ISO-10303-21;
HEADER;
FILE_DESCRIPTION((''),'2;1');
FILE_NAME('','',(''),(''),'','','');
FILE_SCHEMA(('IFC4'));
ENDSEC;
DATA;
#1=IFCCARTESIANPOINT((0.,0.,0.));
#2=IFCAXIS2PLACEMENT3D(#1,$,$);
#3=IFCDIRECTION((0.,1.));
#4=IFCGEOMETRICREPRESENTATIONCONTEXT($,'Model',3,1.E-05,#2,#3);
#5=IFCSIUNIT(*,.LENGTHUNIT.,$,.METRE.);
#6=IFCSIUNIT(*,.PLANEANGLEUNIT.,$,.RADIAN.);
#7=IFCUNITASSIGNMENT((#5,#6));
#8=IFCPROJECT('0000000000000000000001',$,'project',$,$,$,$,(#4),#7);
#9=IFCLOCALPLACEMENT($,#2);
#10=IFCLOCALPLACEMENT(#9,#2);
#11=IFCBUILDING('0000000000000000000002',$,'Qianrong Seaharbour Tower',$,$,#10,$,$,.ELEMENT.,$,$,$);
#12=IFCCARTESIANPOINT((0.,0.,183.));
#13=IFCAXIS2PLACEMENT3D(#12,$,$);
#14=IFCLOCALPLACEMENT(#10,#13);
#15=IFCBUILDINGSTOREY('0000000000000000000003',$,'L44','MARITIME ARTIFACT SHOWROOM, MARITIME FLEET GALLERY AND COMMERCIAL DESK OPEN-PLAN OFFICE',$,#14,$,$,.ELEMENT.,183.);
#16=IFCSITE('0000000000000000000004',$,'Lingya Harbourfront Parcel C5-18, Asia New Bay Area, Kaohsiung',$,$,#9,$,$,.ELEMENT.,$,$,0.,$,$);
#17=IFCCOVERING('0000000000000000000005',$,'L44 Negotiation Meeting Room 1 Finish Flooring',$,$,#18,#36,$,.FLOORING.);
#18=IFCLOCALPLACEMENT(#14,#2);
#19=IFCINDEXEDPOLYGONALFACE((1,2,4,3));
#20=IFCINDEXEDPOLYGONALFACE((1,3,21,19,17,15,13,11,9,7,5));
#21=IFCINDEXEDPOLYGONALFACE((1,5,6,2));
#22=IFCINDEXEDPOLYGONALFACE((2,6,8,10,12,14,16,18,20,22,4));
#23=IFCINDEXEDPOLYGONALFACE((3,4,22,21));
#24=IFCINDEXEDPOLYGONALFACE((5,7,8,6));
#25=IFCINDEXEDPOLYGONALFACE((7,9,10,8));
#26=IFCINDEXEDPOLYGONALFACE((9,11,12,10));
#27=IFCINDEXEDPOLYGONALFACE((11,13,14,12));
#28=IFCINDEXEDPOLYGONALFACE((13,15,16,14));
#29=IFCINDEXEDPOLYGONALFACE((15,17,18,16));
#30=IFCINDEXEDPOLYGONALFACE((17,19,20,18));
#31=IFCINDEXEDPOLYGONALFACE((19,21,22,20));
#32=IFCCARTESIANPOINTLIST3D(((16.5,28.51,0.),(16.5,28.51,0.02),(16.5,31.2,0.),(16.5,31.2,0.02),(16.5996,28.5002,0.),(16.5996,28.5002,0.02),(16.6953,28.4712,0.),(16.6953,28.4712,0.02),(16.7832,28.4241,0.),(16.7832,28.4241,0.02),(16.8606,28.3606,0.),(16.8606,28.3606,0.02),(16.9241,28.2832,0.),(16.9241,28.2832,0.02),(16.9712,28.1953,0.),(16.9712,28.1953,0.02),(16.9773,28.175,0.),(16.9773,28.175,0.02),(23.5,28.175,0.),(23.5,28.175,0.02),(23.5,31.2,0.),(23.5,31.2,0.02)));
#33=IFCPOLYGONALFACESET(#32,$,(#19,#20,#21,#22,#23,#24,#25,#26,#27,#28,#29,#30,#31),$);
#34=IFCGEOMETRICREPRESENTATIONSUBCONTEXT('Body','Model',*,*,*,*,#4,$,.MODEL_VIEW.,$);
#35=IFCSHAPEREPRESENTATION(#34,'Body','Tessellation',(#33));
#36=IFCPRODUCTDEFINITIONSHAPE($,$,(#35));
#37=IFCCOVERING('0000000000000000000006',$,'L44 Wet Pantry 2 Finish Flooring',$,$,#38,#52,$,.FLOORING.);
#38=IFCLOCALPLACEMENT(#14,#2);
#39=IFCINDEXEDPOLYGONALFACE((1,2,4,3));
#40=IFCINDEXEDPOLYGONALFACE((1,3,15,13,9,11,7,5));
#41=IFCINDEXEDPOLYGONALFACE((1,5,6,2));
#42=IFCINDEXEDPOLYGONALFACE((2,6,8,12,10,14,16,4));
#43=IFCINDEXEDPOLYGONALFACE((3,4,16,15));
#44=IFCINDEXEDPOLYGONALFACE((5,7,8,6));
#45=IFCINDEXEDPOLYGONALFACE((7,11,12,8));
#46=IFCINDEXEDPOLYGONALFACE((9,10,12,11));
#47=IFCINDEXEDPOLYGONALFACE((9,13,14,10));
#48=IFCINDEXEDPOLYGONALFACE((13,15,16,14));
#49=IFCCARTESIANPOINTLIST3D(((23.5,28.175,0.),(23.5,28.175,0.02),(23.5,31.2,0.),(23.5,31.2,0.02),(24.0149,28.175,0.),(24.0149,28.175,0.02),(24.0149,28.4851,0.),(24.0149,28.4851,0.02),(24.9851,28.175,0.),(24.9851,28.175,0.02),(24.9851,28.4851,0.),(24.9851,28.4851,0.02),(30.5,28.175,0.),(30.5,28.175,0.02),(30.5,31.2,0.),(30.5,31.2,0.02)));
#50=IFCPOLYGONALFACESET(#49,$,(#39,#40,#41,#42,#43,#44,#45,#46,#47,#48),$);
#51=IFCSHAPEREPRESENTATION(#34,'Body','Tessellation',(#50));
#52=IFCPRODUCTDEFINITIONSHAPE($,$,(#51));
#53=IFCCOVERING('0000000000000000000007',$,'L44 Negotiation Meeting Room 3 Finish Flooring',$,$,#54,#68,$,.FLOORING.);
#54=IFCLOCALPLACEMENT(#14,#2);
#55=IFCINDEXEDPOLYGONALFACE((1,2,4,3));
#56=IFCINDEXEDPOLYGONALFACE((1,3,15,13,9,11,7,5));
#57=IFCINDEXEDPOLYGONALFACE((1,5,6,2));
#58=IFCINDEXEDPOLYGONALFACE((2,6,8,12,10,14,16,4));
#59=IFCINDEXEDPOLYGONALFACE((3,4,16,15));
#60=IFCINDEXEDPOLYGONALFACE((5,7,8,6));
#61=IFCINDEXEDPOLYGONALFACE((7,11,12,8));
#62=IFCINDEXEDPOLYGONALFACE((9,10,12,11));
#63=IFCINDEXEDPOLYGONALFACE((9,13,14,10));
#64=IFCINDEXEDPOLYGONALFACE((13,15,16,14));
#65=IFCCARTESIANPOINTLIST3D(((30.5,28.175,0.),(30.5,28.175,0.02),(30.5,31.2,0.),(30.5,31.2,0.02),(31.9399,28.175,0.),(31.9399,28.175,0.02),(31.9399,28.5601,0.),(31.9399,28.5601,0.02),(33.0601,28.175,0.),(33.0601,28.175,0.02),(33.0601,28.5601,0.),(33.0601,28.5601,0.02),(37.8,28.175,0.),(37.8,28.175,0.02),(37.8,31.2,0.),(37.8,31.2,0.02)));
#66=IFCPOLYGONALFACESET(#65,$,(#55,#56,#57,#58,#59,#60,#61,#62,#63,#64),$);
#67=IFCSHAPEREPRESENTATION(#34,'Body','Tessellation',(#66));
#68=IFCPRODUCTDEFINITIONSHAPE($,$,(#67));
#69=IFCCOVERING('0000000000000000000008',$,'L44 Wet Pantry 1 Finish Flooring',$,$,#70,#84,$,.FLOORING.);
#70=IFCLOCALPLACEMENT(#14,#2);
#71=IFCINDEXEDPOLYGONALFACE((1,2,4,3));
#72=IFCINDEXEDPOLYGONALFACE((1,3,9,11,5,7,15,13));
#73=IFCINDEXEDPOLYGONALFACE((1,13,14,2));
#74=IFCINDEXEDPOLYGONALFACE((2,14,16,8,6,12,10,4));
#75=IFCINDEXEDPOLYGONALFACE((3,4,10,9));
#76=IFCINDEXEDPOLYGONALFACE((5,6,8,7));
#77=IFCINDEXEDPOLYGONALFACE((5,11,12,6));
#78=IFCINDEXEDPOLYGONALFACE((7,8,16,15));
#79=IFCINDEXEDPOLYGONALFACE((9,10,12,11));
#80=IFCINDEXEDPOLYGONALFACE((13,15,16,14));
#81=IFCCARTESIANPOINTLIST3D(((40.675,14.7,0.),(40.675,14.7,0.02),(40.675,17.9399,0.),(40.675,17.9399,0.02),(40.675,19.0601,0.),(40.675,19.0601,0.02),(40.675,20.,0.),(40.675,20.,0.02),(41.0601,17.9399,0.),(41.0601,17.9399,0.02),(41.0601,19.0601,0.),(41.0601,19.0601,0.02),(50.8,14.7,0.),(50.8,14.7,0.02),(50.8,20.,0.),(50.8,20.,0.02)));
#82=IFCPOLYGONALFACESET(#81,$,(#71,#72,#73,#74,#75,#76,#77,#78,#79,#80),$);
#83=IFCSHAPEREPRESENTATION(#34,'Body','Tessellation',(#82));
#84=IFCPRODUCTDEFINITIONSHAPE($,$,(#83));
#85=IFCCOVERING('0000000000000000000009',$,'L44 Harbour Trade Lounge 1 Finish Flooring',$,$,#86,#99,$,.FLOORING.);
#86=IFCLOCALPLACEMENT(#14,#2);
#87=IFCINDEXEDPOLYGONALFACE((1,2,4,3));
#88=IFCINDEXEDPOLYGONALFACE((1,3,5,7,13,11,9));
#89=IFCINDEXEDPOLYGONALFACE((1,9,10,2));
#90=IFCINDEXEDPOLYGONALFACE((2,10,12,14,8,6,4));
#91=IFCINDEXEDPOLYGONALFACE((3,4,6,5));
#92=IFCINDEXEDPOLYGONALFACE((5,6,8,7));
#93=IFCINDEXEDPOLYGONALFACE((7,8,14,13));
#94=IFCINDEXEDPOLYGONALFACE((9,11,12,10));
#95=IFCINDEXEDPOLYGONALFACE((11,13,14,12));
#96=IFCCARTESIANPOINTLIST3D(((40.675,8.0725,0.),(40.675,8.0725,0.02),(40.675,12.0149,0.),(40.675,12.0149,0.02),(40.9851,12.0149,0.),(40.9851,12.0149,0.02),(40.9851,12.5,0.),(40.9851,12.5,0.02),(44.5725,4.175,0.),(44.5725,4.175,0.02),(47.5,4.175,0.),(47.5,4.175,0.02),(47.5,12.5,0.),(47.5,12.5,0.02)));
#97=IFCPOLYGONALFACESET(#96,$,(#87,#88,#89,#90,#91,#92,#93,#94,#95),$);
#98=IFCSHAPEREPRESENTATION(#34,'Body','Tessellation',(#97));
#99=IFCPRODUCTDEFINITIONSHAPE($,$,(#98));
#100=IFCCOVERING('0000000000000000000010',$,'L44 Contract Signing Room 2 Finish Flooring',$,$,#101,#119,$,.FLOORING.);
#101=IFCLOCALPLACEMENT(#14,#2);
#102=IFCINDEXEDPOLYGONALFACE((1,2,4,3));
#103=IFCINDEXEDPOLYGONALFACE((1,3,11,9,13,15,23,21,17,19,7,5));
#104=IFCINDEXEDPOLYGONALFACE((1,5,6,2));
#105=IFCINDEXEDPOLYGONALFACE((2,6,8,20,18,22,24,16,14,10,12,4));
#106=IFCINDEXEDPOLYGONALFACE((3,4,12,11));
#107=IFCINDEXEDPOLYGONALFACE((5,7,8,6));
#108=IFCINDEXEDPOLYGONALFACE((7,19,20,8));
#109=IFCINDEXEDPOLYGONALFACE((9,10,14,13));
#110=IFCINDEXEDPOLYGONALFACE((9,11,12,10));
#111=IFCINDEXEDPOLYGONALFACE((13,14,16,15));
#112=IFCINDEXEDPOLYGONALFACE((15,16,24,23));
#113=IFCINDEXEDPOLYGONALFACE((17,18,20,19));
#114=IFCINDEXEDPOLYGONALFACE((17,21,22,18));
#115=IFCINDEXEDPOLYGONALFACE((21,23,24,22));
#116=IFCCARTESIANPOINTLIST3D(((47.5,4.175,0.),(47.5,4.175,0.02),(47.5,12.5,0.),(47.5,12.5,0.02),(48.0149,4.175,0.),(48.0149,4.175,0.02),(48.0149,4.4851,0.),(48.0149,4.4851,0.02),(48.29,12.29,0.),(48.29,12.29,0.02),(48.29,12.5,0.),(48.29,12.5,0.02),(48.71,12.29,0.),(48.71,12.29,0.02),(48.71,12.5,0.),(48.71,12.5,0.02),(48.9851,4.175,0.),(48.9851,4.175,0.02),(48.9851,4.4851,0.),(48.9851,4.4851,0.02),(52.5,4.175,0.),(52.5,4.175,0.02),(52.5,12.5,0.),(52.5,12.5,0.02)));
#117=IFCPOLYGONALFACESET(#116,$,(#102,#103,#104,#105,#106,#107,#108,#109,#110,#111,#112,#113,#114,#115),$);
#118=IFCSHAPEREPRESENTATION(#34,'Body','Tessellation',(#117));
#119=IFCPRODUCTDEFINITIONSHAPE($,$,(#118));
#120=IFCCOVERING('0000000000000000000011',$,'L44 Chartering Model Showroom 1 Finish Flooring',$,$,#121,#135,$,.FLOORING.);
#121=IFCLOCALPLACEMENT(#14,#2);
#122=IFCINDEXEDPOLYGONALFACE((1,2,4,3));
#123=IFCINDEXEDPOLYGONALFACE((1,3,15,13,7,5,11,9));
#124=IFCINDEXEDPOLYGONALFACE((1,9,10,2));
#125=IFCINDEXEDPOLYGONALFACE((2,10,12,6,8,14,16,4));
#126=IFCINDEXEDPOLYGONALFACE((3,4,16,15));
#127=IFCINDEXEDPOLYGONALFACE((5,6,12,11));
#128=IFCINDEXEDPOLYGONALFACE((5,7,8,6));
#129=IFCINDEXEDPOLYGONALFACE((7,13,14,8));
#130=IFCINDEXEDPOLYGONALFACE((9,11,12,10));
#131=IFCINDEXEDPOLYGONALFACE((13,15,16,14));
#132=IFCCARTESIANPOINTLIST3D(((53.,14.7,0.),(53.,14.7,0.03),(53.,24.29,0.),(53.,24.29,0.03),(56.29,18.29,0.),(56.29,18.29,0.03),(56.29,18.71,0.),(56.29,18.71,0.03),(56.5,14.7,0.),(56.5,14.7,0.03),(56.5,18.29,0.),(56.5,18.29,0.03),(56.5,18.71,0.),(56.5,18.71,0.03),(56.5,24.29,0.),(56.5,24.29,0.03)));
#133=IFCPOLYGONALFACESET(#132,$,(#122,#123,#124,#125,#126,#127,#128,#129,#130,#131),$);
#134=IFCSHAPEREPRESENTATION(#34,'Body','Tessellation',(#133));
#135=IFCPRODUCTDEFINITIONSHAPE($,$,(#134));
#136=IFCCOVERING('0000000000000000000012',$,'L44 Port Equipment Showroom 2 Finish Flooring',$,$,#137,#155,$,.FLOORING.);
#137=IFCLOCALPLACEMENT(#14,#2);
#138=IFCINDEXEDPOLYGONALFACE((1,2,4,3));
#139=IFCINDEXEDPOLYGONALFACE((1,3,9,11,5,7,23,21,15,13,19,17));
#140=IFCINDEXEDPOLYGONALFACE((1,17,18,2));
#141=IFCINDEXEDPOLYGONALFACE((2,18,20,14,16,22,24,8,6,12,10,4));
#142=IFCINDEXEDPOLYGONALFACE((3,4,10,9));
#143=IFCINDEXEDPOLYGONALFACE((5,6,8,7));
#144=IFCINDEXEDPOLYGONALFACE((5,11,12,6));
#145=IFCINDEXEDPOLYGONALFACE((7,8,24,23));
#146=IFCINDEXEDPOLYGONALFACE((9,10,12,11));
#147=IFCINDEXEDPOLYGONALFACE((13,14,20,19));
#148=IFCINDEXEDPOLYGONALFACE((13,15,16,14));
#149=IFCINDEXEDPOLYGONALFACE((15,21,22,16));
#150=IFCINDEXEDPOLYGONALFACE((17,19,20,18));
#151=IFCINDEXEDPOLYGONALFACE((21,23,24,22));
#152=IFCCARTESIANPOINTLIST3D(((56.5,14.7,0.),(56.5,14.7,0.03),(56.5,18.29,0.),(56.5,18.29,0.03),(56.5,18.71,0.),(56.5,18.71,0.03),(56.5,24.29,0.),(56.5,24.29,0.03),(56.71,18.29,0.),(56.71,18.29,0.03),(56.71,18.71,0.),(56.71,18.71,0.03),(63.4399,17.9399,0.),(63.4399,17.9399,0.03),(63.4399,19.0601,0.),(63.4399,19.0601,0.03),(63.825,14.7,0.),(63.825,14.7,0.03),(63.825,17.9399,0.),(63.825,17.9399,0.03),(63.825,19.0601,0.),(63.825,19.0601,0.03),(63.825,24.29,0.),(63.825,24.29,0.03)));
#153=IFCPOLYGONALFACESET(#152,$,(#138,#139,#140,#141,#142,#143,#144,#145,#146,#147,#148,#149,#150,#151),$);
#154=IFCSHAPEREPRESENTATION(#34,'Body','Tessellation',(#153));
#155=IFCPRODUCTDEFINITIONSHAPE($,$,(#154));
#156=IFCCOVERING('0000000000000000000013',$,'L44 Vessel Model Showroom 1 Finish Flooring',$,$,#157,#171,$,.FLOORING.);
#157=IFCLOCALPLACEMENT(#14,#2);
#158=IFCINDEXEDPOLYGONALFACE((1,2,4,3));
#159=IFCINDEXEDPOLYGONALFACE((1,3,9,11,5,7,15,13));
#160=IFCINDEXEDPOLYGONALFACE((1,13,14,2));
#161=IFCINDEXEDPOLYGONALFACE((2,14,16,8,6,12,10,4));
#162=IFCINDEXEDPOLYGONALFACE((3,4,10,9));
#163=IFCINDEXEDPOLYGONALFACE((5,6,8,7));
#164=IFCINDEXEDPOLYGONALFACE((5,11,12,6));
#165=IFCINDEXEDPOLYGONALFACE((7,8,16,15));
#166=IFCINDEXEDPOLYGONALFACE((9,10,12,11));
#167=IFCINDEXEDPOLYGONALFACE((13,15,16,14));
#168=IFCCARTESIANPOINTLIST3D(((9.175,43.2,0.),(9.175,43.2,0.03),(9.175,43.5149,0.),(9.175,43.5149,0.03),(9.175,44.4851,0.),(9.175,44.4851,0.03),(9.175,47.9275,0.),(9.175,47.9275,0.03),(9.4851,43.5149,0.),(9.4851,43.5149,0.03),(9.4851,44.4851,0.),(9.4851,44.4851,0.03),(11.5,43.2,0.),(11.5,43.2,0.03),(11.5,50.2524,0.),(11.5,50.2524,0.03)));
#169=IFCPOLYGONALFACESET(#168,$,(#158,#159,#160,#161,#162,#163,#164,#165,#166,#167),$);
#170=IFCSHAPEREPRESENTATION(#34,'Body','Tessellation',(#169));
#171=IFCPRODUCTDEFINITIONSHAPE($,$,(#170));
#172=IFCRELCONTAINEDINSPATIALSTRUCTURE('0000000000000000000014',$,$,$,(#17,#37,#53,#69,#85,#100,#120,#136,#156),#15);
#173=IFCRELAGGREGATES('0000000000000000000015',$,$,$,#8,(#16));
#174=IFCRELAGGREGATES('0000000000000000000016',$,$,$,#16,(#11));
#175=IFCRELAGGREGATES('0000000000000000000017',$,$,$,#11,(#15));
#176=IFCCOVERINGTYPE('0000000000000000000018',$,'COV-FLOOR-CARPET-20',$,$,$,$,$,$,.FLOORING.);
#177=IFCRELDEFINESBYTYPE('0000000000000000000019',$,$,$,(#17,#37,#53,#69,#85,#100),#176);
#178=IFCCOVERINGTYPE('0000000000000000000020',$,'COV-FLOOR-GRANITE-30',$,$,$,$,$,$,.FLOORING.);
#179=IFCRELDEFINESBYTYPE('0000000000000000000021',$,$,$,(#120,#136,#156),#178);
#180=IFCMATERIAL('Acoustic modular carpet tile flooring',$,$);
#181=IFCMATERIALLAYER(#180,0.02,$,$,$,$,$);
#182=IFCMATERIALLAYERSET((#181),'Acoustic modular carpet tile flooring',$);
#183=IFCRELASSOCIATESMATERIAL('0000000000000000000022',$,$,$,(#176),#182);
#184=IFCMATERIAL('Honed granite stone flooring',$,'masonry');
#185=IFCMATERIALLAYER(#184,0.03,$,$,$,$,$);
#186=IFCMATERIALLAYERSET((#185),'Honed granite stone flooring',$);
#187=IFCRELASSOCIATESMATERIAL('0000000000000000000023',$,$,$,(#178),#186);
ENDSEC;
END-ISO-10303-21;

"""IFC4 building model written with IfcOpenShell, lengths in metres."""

from ifc_helpers import new_model, si_unit, direction, frame, origin, place, context, subcontext, project, spatial, polyline, outline, extrude, material, layer, layer_set, type_object, element, save


model = new_model("IFC4")

# Units and contexts
model_context = context("Model", 3, precision=1e-05, world=origin(), true_north=direction((0.0, 1.0)))
body_context = subcontext(model_context, "Body", "Model", "MODEL_VIEW")
ifc_project = project(units=[si_unit("LENGTHUNIT", "METRE"), si_unit("PLANEANGLEUNIT", "RADIAN")], contexts=[model_context])

# Site, building, storey
site_placement = place(None, origin())
site = spatial("IfcSite", under=ifc_project, at=site_placement, Name="Lingya Harbourfront Parcel C5-18, Asia New Bay Area, Kaohsiung", CompositionType="ELEMENT", RefElevation=0.0)
building_placement = place(site_placement, origin())
building = spatial("IfcBuilding", under=site, at=building_placement, Name="Qianrong Seaharbour Tower", CompositionType="ELEMENT")
storey_placement = place(building_placement, frame((0.0, 0.0, 183.0)))
storey = spatial("IfcBuildingStorey", under=building, at=storey_placement, Name="L44", Description="MARITIME ARTIFACT SHOWROOM, MARITIME FLEET GALLERY AND COMMERCIAL DESK OPEN-PLAN OFFICE", CompositionType="ELEMENT", Elevation=183.0)

# Coverings
ifc_material_1 = material(Name="Acoustic modular carpet tile flooring")
ifc_layer_1 = layer(ifc_material_1, 0.02)
ifc_layer_set_1 = layer_set([ifc_layer_1], Name="Acoustic modular carpet tile flooring")
covering_type_1 = type_object("IfcCoveringType", Name="COV-FLOOR-CARPET-20", PredefinedType="FLOORING", material=ifc_layer_set_1)
covering_1_placement = place(storey_placement, origin())
element("IfcCovering", 1, at=covering_1_placement, inside=storey, type_object=covering_type_1, Name="L44 Negotiation Meeting Room 1 Finish Flooring", PredefinedType="FLOORING", context=body_context, shape_type="SweptSolid", body=[
    extrude(outline(polyline([(23.5, 28.175), (16.9773, 28.175), (16.9712, 28.1953), (16.9241, 28.2832), (16.8606, 28.3606), (16.7832, 28.4241), (16.6953, 28.4712), (16.5996, 28.5002), (16.5, 28.51), (16.5, 31.2), (23.5, 31.2), (23.5, 28.175)])), origin(), (0.0, 0.0, 1.0), 0.02),
])
covering_2_placement = place(storey_placement, origin())
element("IfcCovering", 2, at=covering_2_placement, inside=storey, type_object=covering_type_1, Name="L44 Wet Pantry 2 Finish Flooring", PredefinedType="FLOORING", context=body_context, shape_type="SweptSolid", body=[
    extrude(outline(polyline([(30.5, 28.175), (24.9851, 28.175), (24.9851, 28.4851), (24.0149, 28.4851), (24.0149, 28.175), (23.5, 28.175), (23.5, 31.2), (30.5, 31.2), (30.5, 28.175)])), origin(), (0.0, 0.0, 1.0), 0.02),
])
covering_3_placement = place(storey_placement, origin())
element("IfcCovering", 3, at=covering_3_placement, inside=storey, type_object=covering_type_1, Name="L44 Negotiation Meeting Room 3 Finish Flooring", PredefinedType="FLOORING", context=body_context, shape_type="SweptSolid", body=[
    extrude(outline(polyline([(37.8, 28.175), (33.0601, 28.175), (33.0601, 28.5601), (31.9399, 28.5601), (31.9399, 28.175), (30.5, 28.175), (30.5, 31.2), (37.8, 31.2), (37.8, 28.175)])), origin(), (0.0, 0.0, 1.0), 0.02),
])
covering_4_placement = place(storey_placement, origin())
element("IfcCovering", 4, at=covering_4_placement, inside=storey, type_object=covering_type_1, Name="L44 Wet Pantry 1 Finish Flooring", PredefinedType="FLOORING", context=body_context, shape_type="SweptSolid", body=[
    extrude(outline(polyline([(40.675, 14.7), (40.675, 17.9399), (41.0601, 17.9399), (41.0601, 19.0601), (40.675, 19.0601), (40.675, 20.0), (50.8, 20.0), (50.8, 14.7), (40.675, 14.7)])), origin(), (0.0, 0.0, 1.0), 0.02),
])
covering_5_placement = place(storey_placement, origin())
element("IfcCovering", 5, at=covering_5_placement, inside=storey, type_object=covering_type_1, Name="L44 Harbour Trade Lounge 1 Finish Flooring", PredefinedType="FLOORING", context=body_context, shape_type="SweptSolid", body=[
    extrude(outline(polyline([(44.5725, 4.175), (40.675, 8.0725), (40.675, 12.0149), (40.9851, 12.0149), (40.9851, 12.5), (47.5, 12.5), (47.5, 4.175), (44.5725, 4.175)])), origin(), (0.0, 0.0, 1.0), 0.02),
])
covering_6_placement = place(storey_placement, origin())
element("IfcCovering", 6, at=covering_6_placement, inside=storey, type_object=covering_type_1, Name="L44 Contract Signing Room 2 Finish Flooring", PredefinedType="FLOORING", context=body_context, shape_type="SweptSolid", body=[
    extrude(outline(polyline([(52.5, 4.175), (48.9851, 4.175), (48.9851, 4.4851), (48.0149, 4.4851), (48.0149, 4.175), (47.5, 4.175), (47.5, 12.5), (48.29, 12.5), (48.29, 12.29), (48.71, 12.29), (48.71, 12.5), (52.5, 12.5), (52.5, 4.175)])), origin(), (0.0, 0.0, 1.0), 0.02),
])
ifc_material_2 = material(Name="Honed granite stone flooring", Category="masonry")
ifc_layer_2 = layer(ifc_material_2, 0.03)
ifc_layer_set_2 = layer_set([ifc_layer_2], Name="Honed granite stone flooring")
covering_type_2 = type_object("IfcCoveringType", Name="COV-FLOOR-GRANITE-30", PredefinedType="FLOORING", material=ifc_layer_set_2)
covering_7_placement = place(storey_placement, origin())
element("IfcCovering", 7, at=covering_7_placement, inside=storey, type_object=covering_type_2, Name="L44 Chartering Model Showroom 1 Finish Flooring", PredefinedType="FLOORING", context=body_context, shape_type="SweptSolid", body=[
    extrude(outline(polyline([(56.5, 24.29), (56.5, 18.71), (56.29, 18.71), (56.29, 18.29), (56.5, 18.29), (56.5, 14.7), (53.0, 14.7), (53.0, 24.29), (56.5, 24.29)])), origin(), (0.0, 0.0, 1.0), 0.03),
])
covering_8_placement = place(storey_placement, origin())
element("IfcCovering", 8, at=covering_8_placement, inside=storey, type_object=covering_type_2, Name="L44 Port Equipment Showroom 2 Finish Flooring", PredefinedType="FLOORING", context=body_context, shape_type="SweptSolid", body=[
    extrude(outline(polyline([(63.825, 24.29), (63.825, 19.0601), (63.4399, 19.0601), (63.4399, 17.9399), (63.825, 17.9399), (63.825, 14.7), (56.5, 14.7), (56.5, 18.29), (56.71, 18.29), (56.71, 18.71), (56.5, 18.71), (56.5, 24.29), (63.825, 24.29)])), origin(), (0.0, 0.0, 1.0), 0.03),
])
covering_9_placement = place(storey_placement, origin())
element("IfcCovering", 9, at=covering_9_placement, inside=storey, type_object=covering_type_2, Name="L44 Vessel Model Showroom 1 Finish Flooring", PredefinedType="FLOORING", context=body_context, shape_type="SweptSolid", body=[
    extrude(outline(polyline([(9.175, 43.5149), (9.4851, 43.5149), (9.4851, 44.4851), (9.175, 44.4851), (9.175, 47.9275), (11.5, 50.2524), (11.5, 43.2), (9.175, 43.2), (9.175, 43.5149)])), origin(), (0.0, 0.0, 1.0), 0.03),
])

save(model, "model.ifc")
